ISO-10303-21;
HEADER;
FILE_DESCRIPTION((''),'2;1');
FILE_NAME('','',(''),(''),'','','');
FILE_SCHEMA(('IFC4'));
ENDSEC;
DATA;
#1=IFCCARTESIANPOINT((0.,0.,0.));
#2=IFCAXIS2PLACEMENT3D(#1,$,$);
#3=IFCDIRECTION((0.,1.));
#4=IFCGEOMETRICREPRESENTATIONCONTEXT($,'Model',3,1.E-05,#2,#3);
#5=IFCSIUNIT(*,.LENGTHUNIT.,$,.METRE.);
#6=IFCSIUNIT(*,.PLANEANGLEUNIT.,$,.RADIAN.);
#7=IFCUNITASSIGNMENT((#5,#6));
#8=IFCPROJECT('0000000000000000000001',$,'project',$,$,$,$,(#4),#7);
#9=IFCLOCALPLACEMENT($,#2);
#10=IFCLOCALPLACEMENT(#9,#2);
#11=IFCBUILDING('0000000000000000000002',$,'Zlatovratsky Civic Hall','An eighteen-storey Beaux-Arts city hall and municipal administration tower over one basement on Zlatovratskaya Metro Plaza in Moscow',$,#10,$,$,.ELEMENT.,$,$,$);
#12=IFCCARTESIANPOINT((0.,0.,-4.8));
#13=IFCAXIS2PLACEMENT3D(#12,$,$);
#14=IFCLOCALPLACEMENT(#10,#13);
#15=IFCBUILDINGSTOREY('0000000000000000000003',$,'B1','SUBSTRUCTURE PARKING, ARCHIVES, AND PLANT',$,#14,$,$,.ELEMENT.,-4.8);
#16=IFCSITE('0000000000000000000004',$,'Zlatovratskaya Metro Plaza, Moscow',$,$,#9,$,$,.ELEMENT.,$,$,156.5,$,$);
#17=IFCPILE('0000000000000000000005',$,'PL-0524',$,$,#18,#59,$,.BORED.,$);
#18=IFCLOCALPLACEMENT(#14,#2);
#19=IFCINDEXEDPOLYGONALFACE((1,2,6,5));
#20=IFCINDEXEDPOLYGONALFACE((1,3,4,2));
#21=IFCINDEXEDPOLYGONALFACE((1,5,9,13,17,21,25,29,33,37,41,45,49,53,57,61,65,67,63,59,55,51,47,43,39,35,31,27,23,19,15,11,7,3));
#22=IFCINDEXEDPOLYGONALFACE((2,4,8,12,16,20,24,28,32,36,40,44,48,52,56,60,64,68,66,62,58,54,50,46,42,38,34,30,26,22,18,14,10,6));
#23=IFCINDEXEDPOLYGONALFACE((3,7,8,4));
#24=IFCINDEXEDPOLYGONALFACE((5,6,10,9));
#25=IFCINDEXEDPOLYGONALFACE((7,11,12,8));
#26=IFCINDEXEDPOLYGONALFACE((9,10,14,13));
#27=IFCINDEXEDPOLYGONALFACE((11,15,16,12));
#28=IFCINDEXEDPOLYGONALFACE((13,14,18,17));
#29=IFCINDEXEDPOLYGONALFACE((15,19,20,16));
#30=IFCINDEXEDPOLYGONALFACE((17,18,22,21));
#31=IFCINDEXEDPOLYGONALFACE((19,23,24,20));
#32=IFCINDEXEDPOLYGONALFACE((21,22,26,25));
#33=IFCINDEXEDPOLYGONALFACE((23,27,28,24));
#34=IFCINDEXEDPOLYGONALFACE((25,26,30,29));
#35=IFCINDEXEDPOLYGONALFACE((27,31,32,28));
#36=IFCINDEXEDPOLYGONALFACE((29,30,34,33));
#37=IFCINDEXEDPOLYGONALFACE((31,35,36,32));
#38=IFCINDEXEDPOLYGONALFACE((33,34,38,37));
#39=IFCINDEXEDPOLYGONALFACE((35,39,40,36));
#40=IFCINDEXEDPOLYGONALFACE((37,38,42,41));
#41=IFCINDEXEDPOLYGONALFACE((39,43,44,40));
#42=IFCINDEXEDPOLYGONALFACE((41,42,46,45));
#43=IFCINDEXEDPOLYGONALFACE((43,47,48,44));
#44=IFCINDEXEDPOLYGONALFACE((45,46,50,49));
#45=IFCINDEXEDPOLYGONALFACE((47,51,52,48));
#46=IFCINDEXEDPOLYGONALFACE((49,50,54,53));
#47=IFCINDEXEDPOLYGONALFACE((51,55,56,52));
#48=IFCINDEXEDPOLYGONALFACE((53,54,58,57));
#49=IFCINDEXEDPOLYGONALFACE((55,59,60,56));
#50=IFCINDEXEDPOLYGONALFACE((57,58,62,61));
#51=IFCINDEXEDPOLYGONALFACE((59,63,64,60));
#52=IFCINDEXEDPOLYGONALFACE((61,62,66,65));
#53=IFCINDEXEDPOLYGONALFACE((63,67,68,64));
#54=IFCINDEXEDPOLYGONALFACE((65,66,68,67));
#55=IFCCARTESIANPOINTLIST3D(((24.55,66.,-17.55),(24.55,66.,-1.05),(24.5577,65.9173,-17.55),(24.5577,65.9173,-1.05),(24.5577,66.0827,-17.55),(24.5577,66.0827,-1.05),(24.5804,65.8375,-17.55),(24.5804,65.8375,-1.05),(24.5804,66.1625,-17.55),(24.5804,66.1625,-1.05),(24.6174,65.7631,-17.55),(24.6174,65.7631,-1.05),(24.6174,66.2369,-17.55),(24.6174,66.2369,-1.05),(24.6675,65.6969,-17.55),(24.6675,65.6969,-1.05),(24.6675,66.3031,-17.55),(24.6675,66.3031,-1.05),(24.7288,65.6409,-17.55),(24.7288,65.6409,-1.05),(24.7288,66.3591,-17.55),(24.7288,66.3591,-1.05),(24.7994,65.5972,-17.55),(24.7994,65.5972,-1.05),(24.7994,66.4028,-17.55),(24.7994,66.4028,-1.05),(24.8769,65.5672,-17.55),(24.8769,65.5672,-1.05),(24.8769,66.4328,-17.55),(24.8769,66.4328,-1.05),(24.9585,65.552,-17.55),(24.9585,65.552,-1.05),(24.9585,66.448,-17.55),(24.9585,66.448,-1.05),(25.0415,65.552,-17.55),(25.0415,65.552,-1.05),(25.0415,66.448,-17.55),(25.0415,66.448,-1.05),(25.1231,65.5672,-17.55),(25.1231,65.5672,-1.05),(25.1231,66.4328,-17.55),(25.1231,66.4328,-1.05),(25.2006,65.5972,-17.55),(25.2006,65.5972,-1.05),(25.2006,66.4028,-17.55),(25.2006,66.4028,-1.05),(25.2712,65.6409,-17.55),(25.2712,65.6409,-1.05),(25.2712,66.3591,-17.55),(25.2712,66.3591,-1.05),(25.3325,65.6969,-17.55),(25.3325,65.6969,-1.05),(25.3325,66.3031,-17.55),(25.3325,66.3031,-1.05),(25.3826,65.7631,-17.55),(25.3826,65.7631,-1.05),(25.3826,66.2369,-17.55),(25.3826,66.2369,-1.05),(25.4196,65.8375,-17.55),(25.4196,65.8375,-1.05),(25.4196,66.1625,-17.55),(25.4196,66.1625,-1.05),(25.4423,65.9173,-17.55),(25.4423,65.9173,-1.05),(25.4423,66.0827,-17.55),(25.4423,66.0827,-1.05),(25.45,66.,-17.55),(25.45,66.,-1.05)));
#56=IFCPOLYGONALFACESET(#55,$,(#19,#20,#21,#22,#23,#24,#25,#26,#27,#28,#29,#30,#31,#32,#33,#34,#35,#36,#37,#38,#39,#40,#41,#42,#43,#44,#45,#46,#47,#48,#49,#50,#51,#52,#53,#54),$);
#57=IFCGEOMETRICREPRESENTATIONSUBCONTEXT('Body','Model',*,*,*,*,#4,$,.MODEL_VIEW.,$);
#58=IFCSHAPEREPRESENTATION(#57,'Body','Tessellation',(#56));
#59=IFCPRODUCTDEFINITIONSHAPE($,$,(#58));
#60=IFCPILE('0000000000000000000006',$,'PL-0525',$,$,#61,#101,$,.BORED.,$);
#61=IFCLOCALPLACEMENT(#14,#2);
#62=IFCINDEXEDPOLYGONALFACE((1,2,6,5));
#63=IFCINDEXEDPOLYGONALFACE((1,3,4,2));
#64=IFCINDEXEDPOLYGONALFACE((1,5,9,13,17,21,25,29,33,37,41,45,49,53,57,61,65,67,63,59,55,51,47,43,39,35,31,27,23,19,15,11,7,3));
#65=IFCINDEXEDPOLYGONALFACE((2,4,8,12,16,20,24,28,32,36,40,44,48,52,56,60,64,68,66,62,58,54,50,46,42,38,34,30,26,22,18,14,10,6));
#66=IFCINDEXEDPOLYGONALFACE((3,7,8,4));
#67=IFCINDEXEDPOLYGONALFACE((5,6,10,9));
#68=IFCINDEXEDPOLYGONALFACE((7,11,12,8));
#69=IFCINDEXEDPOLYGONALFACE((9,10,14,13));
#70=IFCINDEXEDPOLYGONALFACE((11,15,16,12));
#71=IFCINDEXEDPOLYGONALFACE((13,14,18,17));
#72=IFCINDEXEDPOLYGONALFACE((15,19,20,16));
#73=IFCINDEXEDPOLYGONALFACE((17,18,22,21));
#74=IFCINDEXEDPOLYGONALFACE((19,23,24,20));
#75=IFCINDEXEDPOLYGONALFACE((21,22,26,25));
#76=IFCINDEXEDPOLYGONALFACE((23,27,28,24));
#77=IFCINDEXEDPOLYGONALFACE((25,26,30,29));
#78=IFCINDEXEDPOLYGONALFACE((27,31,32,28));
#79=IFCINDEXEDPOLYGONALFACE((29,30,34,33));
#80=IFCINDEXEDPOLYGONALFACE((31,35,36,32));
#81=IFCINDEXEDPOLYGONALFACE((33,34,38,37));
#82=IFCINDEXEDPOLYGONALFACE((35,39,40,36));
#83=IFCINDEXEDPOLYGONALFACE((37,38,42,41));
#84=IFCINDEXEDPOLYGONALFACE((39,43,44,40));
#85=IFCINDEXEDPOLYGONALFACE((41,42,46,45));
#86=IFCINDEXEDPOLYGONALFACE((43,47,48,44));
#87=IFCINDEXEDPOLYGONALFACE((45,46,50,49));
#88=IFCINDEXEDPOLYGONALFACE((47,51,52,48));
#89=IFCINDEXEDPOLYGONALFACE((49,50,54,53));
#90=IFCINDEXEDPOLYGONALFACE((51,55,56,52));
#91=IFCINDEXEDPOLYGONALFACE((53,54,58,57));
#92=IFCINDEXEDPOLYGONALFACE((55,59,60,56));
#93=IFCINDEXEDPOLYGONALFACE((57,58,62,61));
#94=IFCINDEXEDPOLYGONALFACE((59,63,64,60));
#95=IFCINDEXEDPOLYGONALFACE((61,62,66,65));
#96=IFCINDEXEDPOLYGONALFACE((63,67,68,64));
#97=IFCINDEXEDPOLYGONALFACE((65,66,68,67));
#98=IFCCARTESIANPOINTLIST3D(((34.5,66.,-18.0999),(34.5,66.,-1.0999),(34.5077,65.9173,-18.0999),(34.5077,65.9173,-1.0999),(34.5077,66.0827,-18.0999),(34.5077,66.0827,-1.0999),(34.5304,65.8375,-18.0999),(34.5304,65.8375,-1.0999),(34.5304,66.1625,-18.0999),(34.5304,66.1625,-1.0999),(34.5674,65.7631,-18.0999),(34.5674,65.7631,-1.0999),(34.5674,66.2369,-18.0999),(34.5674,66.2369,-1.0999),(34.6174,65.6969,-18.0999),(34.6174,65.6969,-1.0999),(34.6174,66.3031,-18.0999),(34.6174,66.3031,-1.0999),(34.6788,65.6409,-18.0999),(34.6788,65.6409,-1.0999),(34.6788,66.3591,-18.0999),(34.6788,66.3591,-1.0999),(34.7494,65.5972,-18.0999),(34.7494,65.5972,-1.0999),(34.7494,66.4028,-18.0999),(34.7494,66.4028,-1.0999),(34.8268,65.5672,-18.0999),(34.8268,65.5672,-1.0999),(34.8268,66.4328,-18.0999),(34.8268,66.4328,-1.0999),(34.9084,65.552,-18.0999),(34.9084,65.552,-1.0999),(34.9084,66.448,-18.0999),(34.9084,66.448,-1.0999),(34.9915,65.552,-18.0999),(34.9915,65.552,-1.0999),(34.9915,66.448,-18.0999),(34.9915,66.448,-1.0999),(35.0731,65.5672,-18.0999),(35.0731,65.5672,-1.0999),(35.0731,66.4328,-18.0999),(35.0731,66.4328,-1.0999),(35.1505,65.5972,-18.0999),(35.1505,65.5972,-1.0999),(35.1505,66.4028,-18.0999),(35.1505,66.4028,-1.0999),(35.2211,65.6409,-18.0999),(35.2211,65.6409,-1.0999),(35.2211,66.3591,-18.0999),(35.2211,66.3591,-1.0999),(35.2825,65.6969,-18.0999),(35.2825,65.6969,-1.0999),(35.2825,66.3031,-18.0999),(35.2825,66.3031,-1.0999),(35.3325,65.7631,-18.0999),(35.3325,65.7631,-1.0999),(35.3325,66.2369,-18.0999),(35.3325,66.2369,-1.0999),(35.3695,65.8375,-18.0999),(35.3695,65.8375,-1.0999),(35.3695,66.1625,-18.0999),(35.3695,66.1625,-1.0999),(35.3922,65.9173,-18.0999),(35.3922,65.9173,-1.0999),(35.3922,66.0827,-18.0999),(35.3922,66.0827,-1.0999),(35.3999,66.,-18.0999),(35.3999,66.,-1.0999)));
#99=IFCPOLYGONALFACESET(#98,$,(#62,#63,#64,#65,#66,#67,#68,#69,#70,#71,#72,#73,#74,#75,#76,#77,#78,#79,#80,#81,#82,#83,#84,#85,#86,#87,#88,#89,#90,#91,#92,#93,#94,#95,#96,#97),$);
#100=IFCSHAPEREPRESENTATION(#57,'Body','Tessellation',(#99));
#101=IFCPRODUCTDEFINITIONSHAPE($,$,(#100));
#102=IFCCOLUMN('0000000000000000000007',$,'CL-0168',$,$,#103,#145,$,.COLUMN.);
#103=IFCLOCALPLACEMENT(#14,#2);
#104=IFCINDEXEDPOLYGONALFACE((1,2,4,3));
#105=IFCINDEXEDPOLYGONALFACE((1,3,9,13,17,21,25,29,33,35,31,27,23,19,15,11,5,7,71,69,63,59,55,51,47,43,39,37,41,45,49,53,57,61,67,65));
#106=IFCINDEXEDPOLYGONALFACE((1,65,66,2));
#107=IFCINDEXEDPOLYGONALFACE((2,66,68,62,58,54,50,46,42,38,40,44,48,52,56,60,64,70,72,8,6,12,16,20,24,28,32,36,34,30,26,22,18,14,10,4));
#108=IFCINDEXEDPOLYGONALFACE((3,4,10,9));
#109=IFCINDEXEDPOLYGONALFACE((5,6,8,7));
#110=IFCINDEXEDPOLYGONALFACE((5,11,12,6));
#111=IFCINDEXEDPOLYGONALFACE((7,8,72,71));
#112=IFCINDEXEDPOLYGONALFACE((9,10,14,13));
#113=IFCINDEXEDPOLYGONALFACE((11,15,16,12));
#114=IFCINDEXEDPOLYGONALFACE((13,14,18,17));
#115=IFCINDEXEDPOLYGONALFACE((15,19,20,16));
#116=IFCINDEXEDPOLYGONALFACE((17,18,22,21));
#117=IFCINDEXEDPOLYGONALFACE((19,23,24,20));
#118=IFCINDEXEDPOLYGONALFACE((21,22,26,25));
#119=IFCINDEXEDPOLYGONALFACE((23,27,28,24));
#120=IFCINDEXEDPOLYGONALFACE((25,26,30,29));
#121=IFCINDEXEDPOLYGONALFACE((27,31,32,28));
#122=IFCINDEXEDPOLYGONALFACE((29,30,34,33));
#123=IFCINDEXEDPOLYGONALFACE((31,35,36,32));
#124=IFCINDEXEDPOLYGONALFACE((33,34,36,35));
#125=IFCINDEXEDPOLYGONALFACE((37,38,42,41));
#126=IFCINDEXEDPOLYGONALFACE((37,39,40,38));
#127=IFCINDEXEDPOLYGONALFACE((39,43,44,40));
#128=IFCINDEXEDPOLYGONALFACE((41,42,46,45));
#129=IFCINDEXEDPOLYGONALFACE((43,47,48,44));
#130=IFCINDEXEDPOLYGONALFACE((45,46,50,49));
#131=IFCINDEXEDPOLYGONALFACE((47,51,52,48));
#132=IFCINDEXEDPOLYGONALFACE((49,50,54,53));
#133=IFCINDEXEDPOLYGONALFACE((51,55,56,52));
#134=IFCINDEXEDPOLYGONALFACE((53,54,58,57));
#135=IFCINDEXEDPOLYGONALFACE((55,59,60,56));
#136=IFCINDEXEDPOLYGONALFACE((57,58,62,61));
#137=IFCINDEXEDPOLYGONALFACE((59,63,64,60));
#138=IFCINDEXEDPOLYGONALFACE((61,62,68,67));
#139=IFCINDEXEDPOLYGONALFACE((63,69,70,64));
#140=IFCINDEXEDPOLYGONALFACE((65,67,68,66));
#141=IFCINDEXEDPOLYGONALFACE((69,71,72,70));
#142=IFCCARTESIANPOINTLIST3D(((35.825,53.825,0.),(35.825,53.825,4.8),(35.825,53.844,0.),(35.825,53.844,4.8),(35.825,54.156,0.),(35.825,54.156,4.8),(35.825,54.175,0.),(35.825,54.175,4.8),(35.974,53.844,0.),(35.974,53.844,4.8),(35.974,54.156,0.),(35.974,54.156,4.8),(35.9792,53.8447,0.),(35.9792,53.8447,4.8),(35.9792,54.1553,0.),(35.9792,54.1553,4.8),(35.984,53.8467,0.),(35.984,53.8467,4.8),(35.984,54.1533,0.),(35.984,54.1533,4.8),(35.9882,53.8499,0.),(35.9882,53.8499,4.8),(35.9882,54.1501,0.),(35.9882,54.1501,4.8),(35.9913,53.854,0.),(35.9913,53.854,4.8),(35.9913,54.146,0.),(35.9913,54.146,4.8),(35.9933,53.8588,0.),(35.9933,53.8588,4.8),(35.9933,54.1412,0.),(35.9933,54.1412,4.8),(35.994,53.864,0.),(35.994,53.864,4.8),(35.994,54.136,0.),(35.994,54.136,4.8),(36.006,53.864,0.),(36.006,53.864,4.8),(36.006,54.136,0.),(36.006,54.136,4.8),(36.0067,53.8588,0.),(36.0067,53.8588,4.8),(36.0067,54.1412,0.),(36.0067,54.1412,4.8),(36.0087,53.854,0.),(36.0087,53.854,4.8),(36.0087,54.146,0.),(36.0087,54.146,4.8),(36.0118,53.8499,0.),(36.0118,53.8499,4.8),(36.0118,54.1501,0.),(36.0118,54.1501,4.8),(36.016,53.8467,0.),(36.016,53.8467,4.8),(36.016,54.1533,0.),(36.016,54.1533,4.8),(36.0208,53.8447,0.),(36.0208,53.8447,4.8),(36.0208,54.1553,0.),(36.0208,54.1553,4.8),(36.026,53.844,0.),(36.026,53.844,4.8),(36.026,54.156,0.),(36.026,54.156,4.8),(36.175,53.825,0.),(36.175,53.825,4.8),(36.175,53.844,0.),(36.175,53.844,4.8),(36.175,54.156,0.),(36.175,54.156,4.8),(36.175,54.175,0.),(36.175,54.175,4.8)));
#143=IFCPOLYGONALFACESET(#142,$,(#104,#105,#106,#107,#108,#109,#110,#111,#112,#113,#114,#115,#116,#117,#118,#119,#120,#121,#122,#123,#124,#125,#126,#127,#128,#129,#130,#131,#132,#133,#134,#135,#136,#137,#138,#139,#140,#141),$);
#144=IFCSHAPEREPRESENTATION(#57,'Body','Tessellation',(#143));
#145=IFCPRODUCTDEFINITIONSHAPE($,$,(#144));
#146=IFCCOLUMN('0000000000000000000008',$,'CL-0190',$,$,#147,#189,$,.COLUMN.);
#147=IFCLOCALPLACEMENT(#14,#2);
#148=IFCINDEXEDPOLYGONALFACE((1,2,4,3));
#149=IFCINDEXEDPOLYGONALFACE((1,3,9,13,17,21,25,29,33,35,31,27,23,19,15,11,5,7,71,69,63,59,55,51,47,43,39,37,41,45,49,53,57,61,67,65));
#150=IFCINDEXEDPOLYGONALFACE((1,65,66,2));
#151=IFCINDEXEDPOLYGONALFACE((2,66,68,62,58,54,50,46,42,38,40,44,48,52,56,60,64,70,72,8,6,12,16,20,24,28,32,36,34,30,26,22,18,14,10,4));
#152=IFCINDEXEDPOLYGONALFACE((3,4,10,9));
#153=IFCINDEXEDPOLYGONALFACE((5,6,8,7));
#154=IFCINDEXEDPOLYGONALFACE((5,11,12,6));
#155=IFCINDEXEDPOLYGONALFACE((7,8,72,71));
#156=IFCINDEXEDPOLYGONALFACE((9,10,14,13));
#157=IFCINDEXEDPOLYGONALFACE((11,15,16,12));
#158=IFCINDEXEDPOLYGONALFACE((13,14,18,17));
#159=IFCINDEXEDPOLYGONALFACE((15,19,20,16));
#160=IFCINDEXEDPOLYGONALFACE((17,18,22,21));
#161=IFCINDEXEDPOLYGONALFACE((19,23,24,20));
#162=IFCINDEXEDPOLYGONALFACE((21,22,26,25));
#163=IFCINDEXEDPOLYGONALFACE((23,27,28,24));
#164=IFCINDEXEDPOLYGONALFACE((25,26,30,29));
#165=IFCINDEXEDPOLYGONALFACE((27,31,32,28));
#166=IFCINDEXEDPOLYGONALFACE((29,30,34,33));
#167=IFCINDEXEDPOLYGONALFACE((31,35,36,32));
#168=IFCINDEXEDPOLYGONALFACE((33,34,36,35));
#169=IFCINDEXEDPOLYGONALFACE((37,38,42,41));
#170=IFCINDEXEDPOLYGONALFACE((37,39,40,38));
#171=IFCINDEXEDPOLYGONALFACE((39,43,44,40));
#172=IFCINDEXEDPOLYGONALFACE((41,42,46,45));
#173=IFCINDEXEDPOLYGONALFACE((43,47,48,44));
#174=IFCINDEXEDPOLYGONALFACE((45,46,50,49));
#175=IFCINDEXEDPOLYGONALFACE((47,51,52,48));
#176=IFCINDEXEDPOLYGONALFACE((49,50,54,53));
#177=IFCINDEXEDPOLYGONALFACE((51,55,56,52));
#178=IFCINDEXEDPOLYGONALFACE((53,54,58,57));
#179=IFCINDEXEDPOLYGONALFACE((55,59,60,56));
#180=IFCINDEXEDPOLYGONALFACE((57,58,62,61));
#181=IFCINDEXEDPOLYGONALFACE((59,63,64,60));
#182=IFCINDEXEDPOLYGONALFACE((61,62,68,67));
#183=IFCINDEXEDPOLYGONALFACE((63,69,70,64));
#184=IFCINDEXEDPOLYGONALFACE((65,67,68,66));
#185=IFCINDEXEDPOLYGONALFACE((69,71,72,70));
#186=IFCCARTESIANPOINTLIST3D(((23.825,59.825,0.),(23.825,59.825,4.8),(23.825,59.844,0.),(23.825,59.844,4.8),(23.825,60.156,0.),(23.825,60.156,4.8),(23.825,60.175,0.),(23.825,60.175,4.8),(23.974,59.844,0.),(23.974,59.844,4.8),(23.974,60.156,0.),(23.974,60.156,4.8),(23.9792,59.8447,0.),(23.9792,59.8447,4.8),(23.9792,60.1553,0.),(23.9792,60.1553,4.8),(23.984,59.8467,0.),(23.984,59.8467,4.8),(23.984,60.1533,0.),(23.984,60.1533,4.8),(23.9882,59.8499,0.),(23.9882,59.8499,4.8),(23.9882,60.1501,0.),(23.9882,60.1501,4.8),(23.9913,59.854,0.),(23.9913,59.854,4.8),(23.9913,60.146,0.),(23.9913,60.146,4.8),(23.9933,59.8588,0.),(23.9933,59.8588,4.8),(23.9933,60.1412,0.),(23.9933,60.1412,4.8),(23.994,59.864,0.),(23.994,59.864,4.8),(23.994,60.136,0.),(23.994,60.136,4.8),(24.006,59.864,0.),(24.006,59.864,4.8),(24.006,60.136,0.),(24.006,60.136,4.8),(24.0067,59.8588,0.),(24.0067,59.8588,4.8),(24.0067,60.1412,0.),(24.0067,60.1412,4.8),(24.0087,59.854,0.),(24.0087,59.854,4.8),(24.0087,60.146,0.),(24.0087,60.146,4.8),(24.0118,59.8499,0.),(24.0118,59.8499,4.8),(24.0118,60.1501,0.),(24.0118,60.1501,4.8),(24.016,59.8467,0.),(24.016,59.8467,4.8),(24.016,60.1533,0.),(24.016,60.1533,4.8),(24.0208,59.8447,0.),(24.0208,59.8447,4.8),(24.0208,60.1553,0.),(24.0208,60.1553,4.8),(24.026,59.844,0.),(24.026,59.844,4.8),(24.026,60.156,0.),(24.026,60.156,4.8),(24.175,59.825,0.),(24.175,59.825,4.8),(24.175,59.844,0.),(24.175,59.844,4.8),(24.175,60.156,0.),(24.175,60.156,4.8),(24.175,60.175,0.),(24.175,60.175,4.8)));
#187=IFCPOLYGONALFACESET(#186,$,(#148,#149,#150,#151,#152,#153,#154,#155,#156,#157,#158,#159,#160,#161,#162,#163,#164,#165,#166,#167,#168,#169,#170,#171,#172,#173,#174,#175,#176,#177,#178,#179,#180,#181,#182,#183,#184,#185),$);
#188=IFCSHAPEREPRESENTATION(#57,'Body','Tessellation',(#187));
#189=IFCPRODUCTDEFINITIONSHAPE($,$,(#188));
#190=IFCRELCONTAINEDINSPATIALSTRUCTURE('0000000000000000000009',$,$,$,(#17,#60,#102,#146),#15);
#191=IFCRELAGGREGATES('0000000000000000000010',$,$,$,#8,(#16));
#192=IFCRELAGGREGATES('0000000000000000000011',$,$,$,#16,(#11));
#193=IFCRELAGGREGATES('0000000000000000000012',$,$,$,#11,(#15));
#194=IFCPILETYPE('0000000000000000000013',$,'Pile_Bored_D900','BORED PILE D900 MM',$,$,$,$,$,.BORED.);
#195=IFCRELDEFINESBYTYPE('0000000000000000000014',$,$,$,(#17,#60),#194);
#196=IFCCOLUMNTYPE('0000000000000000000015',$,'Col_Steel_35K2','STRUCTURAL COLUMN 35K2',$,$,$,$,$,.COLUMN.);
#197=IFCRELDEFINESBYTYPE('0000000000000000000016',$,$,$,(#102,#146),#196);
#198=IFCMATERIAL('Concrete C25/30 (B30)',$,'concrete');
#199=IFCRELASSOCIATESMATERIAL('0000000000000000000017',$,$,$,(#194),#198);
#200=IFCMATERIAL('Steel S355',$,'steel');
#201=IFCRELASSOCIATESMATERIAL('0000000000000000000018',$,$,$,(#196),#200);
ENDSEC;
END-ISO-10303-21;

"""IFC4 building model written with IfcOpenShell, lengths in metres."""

from ifc_helpers import new_model, si_unit, direction, frame, origin, origin_2d, place, context, subcontext, project, spatial, circle, i_section, extrude, material, material_profile, profile_set, type_object, element, save


model = new_model("IFC4")

# Units and contexts
model_context = context("Model", 3, precision=1e-05, world=origin(), true_north=direction((0.0, 1.0)))
body_context = subcontext(model_context, "Body", "Model", "MODEL_VIEW")
ifc_project = project(units=[si_unit("LENGTHUNIT", "METRE"), si_unit("PLANEANGLEUNIT", "RADIAN")], contexts=[model_context])

# Site, building, storey
site_placement = place(None, origin())
site = spatial("IfcSite", under=ifc_project, at=site_placement, Name="Zlatovratskaya Metro Plaza, Moscow", CompositionType="ELEMENT", RefElevation=156.5)
building_placement = place(site_placement, origin())
building = spatial("IfcBuilding", under=site, at=building_placement, Name="Zlatovratsky Civic Hall", Description="An eighteen-storey Beaux-Arts city hall and municipal administration tower over one basement on Zlatovratskaya Metro Plaza in Moscow", CompositionType="ELEMENT")
storey_placement = place(building_placement, frame((0.0, 0.0, -4.8)))
storey = spatial("IfcBuildingStorey", under=building, at=storey_placement, Name="B1", Description="SUBSTRUCTURE PARKING, ARCHIVES, AND PLANT", CompositionType="ELEMENT", Elevation=-4.8)

# Shared definitions
ifc_material_1 = material(Name="Concrete C25/30 (B30)", Category="concrete")

# Piles
ifc_material_profile_1 = material_profile(ifc_material_1, circle(Radius=0.45, at=origin_2d()), Name="PILE D900")
ifc_profile_set_1 = profile_set([ifc_material_profile_1], Name="Concrete C25/30 (B30)")
pile_type_1 = type_object("IfcPileType", Name="Pile_Bored_D900", Description="BORED PILE D900 MM", PredefinedType="BORED", material=ifc_profile_set_1)
pile_1_placement = place(storey_placement, frame((25.0, 66.0, -1.05), z_axis=(0.0, 0.0, -1.0), x_axis=(1.0, 0.0, 0.0)))
element("IfcPile", 1, at=pile_1_placement, inside=storey, type_object=pile_type_1, Name="PL-0524", PredefinedType="BORED", context=body_context, shape_type="SweptSolid", body=[
    extrude(circle(Radius=0.45, at=origin_2d()), origin(), (0.0, 0.0, 1.0), 16.5),
])
pile_2_placement = place(storey_placement, frame((34.95, 66.0, -1.0999), z_axis=(0.0, 0.0, -1.0), x_axis=(1.0, 0.0, 0.0)))
element("IfcPile", 2, at=pile_2_placement, inside=storey, type_object=pile_type_1, Name="PL-0525", PredefinedType="BORED", context=body_context, shape_type="SweptSolid", body=[
    extrude(circle(Radius=0.45, at=origin_2d()), origin(), (0.0, 0.0, 1.0), 17.0),
])

# Columns
ifc_material_2 = material(Name="Steel S355", Category="steel")
ifc_material_profile_2 = material_profile(ifc_material_2, i_section(OverallWidth=0.3501, OverallDepth=0.3501, WebThickness=0.012, FlangeThickness=0.019, FilletRadius=0.02, at=origin_2d()), Name="35K2")
ifc_profile_set_2 = profile_set([ifc_material_profile_2], Name="Steel S355")
column_type = type_object("IfcColumnType", Name="Col_Steel_35K2", Description="STRUCTURAL COLUMN 35K2", PredefinedType="COLUMN", material=ifc_profile_set_2)
for number, where, z_axis, x_axis, name in (
    (3, (36.0, 54.0, 0.0), (0.0, 0.0, 1.0), (1.0, 0.0, 0.0), "CL-0168"),
    (4, (24.0, 60.0, 0.0), (0.0, 0.0, 1.0), (1.0, 0.0, 0.0), "CL-0190"),
):
    element("IfcColumn", number, at=place(storey_placement, frame(where, z_axis=z_axis, x_axis=x_axis)), inside=storey, type_object=column_type, Name=name, PredefinedType="COLUMN", context=body_context, shape_type="SweptSolid", body=[
        extrude(i_section(OverallWidth=0.3501, OverallDepth=0.3501, WebThickness=0.012, FlangeThickness=0.019, FilletRadius=0.02, at=origin_2d()), origin(), (0.0, 0.0, 1.0), 4.8),
    ])

save(model, "model.ifc")
